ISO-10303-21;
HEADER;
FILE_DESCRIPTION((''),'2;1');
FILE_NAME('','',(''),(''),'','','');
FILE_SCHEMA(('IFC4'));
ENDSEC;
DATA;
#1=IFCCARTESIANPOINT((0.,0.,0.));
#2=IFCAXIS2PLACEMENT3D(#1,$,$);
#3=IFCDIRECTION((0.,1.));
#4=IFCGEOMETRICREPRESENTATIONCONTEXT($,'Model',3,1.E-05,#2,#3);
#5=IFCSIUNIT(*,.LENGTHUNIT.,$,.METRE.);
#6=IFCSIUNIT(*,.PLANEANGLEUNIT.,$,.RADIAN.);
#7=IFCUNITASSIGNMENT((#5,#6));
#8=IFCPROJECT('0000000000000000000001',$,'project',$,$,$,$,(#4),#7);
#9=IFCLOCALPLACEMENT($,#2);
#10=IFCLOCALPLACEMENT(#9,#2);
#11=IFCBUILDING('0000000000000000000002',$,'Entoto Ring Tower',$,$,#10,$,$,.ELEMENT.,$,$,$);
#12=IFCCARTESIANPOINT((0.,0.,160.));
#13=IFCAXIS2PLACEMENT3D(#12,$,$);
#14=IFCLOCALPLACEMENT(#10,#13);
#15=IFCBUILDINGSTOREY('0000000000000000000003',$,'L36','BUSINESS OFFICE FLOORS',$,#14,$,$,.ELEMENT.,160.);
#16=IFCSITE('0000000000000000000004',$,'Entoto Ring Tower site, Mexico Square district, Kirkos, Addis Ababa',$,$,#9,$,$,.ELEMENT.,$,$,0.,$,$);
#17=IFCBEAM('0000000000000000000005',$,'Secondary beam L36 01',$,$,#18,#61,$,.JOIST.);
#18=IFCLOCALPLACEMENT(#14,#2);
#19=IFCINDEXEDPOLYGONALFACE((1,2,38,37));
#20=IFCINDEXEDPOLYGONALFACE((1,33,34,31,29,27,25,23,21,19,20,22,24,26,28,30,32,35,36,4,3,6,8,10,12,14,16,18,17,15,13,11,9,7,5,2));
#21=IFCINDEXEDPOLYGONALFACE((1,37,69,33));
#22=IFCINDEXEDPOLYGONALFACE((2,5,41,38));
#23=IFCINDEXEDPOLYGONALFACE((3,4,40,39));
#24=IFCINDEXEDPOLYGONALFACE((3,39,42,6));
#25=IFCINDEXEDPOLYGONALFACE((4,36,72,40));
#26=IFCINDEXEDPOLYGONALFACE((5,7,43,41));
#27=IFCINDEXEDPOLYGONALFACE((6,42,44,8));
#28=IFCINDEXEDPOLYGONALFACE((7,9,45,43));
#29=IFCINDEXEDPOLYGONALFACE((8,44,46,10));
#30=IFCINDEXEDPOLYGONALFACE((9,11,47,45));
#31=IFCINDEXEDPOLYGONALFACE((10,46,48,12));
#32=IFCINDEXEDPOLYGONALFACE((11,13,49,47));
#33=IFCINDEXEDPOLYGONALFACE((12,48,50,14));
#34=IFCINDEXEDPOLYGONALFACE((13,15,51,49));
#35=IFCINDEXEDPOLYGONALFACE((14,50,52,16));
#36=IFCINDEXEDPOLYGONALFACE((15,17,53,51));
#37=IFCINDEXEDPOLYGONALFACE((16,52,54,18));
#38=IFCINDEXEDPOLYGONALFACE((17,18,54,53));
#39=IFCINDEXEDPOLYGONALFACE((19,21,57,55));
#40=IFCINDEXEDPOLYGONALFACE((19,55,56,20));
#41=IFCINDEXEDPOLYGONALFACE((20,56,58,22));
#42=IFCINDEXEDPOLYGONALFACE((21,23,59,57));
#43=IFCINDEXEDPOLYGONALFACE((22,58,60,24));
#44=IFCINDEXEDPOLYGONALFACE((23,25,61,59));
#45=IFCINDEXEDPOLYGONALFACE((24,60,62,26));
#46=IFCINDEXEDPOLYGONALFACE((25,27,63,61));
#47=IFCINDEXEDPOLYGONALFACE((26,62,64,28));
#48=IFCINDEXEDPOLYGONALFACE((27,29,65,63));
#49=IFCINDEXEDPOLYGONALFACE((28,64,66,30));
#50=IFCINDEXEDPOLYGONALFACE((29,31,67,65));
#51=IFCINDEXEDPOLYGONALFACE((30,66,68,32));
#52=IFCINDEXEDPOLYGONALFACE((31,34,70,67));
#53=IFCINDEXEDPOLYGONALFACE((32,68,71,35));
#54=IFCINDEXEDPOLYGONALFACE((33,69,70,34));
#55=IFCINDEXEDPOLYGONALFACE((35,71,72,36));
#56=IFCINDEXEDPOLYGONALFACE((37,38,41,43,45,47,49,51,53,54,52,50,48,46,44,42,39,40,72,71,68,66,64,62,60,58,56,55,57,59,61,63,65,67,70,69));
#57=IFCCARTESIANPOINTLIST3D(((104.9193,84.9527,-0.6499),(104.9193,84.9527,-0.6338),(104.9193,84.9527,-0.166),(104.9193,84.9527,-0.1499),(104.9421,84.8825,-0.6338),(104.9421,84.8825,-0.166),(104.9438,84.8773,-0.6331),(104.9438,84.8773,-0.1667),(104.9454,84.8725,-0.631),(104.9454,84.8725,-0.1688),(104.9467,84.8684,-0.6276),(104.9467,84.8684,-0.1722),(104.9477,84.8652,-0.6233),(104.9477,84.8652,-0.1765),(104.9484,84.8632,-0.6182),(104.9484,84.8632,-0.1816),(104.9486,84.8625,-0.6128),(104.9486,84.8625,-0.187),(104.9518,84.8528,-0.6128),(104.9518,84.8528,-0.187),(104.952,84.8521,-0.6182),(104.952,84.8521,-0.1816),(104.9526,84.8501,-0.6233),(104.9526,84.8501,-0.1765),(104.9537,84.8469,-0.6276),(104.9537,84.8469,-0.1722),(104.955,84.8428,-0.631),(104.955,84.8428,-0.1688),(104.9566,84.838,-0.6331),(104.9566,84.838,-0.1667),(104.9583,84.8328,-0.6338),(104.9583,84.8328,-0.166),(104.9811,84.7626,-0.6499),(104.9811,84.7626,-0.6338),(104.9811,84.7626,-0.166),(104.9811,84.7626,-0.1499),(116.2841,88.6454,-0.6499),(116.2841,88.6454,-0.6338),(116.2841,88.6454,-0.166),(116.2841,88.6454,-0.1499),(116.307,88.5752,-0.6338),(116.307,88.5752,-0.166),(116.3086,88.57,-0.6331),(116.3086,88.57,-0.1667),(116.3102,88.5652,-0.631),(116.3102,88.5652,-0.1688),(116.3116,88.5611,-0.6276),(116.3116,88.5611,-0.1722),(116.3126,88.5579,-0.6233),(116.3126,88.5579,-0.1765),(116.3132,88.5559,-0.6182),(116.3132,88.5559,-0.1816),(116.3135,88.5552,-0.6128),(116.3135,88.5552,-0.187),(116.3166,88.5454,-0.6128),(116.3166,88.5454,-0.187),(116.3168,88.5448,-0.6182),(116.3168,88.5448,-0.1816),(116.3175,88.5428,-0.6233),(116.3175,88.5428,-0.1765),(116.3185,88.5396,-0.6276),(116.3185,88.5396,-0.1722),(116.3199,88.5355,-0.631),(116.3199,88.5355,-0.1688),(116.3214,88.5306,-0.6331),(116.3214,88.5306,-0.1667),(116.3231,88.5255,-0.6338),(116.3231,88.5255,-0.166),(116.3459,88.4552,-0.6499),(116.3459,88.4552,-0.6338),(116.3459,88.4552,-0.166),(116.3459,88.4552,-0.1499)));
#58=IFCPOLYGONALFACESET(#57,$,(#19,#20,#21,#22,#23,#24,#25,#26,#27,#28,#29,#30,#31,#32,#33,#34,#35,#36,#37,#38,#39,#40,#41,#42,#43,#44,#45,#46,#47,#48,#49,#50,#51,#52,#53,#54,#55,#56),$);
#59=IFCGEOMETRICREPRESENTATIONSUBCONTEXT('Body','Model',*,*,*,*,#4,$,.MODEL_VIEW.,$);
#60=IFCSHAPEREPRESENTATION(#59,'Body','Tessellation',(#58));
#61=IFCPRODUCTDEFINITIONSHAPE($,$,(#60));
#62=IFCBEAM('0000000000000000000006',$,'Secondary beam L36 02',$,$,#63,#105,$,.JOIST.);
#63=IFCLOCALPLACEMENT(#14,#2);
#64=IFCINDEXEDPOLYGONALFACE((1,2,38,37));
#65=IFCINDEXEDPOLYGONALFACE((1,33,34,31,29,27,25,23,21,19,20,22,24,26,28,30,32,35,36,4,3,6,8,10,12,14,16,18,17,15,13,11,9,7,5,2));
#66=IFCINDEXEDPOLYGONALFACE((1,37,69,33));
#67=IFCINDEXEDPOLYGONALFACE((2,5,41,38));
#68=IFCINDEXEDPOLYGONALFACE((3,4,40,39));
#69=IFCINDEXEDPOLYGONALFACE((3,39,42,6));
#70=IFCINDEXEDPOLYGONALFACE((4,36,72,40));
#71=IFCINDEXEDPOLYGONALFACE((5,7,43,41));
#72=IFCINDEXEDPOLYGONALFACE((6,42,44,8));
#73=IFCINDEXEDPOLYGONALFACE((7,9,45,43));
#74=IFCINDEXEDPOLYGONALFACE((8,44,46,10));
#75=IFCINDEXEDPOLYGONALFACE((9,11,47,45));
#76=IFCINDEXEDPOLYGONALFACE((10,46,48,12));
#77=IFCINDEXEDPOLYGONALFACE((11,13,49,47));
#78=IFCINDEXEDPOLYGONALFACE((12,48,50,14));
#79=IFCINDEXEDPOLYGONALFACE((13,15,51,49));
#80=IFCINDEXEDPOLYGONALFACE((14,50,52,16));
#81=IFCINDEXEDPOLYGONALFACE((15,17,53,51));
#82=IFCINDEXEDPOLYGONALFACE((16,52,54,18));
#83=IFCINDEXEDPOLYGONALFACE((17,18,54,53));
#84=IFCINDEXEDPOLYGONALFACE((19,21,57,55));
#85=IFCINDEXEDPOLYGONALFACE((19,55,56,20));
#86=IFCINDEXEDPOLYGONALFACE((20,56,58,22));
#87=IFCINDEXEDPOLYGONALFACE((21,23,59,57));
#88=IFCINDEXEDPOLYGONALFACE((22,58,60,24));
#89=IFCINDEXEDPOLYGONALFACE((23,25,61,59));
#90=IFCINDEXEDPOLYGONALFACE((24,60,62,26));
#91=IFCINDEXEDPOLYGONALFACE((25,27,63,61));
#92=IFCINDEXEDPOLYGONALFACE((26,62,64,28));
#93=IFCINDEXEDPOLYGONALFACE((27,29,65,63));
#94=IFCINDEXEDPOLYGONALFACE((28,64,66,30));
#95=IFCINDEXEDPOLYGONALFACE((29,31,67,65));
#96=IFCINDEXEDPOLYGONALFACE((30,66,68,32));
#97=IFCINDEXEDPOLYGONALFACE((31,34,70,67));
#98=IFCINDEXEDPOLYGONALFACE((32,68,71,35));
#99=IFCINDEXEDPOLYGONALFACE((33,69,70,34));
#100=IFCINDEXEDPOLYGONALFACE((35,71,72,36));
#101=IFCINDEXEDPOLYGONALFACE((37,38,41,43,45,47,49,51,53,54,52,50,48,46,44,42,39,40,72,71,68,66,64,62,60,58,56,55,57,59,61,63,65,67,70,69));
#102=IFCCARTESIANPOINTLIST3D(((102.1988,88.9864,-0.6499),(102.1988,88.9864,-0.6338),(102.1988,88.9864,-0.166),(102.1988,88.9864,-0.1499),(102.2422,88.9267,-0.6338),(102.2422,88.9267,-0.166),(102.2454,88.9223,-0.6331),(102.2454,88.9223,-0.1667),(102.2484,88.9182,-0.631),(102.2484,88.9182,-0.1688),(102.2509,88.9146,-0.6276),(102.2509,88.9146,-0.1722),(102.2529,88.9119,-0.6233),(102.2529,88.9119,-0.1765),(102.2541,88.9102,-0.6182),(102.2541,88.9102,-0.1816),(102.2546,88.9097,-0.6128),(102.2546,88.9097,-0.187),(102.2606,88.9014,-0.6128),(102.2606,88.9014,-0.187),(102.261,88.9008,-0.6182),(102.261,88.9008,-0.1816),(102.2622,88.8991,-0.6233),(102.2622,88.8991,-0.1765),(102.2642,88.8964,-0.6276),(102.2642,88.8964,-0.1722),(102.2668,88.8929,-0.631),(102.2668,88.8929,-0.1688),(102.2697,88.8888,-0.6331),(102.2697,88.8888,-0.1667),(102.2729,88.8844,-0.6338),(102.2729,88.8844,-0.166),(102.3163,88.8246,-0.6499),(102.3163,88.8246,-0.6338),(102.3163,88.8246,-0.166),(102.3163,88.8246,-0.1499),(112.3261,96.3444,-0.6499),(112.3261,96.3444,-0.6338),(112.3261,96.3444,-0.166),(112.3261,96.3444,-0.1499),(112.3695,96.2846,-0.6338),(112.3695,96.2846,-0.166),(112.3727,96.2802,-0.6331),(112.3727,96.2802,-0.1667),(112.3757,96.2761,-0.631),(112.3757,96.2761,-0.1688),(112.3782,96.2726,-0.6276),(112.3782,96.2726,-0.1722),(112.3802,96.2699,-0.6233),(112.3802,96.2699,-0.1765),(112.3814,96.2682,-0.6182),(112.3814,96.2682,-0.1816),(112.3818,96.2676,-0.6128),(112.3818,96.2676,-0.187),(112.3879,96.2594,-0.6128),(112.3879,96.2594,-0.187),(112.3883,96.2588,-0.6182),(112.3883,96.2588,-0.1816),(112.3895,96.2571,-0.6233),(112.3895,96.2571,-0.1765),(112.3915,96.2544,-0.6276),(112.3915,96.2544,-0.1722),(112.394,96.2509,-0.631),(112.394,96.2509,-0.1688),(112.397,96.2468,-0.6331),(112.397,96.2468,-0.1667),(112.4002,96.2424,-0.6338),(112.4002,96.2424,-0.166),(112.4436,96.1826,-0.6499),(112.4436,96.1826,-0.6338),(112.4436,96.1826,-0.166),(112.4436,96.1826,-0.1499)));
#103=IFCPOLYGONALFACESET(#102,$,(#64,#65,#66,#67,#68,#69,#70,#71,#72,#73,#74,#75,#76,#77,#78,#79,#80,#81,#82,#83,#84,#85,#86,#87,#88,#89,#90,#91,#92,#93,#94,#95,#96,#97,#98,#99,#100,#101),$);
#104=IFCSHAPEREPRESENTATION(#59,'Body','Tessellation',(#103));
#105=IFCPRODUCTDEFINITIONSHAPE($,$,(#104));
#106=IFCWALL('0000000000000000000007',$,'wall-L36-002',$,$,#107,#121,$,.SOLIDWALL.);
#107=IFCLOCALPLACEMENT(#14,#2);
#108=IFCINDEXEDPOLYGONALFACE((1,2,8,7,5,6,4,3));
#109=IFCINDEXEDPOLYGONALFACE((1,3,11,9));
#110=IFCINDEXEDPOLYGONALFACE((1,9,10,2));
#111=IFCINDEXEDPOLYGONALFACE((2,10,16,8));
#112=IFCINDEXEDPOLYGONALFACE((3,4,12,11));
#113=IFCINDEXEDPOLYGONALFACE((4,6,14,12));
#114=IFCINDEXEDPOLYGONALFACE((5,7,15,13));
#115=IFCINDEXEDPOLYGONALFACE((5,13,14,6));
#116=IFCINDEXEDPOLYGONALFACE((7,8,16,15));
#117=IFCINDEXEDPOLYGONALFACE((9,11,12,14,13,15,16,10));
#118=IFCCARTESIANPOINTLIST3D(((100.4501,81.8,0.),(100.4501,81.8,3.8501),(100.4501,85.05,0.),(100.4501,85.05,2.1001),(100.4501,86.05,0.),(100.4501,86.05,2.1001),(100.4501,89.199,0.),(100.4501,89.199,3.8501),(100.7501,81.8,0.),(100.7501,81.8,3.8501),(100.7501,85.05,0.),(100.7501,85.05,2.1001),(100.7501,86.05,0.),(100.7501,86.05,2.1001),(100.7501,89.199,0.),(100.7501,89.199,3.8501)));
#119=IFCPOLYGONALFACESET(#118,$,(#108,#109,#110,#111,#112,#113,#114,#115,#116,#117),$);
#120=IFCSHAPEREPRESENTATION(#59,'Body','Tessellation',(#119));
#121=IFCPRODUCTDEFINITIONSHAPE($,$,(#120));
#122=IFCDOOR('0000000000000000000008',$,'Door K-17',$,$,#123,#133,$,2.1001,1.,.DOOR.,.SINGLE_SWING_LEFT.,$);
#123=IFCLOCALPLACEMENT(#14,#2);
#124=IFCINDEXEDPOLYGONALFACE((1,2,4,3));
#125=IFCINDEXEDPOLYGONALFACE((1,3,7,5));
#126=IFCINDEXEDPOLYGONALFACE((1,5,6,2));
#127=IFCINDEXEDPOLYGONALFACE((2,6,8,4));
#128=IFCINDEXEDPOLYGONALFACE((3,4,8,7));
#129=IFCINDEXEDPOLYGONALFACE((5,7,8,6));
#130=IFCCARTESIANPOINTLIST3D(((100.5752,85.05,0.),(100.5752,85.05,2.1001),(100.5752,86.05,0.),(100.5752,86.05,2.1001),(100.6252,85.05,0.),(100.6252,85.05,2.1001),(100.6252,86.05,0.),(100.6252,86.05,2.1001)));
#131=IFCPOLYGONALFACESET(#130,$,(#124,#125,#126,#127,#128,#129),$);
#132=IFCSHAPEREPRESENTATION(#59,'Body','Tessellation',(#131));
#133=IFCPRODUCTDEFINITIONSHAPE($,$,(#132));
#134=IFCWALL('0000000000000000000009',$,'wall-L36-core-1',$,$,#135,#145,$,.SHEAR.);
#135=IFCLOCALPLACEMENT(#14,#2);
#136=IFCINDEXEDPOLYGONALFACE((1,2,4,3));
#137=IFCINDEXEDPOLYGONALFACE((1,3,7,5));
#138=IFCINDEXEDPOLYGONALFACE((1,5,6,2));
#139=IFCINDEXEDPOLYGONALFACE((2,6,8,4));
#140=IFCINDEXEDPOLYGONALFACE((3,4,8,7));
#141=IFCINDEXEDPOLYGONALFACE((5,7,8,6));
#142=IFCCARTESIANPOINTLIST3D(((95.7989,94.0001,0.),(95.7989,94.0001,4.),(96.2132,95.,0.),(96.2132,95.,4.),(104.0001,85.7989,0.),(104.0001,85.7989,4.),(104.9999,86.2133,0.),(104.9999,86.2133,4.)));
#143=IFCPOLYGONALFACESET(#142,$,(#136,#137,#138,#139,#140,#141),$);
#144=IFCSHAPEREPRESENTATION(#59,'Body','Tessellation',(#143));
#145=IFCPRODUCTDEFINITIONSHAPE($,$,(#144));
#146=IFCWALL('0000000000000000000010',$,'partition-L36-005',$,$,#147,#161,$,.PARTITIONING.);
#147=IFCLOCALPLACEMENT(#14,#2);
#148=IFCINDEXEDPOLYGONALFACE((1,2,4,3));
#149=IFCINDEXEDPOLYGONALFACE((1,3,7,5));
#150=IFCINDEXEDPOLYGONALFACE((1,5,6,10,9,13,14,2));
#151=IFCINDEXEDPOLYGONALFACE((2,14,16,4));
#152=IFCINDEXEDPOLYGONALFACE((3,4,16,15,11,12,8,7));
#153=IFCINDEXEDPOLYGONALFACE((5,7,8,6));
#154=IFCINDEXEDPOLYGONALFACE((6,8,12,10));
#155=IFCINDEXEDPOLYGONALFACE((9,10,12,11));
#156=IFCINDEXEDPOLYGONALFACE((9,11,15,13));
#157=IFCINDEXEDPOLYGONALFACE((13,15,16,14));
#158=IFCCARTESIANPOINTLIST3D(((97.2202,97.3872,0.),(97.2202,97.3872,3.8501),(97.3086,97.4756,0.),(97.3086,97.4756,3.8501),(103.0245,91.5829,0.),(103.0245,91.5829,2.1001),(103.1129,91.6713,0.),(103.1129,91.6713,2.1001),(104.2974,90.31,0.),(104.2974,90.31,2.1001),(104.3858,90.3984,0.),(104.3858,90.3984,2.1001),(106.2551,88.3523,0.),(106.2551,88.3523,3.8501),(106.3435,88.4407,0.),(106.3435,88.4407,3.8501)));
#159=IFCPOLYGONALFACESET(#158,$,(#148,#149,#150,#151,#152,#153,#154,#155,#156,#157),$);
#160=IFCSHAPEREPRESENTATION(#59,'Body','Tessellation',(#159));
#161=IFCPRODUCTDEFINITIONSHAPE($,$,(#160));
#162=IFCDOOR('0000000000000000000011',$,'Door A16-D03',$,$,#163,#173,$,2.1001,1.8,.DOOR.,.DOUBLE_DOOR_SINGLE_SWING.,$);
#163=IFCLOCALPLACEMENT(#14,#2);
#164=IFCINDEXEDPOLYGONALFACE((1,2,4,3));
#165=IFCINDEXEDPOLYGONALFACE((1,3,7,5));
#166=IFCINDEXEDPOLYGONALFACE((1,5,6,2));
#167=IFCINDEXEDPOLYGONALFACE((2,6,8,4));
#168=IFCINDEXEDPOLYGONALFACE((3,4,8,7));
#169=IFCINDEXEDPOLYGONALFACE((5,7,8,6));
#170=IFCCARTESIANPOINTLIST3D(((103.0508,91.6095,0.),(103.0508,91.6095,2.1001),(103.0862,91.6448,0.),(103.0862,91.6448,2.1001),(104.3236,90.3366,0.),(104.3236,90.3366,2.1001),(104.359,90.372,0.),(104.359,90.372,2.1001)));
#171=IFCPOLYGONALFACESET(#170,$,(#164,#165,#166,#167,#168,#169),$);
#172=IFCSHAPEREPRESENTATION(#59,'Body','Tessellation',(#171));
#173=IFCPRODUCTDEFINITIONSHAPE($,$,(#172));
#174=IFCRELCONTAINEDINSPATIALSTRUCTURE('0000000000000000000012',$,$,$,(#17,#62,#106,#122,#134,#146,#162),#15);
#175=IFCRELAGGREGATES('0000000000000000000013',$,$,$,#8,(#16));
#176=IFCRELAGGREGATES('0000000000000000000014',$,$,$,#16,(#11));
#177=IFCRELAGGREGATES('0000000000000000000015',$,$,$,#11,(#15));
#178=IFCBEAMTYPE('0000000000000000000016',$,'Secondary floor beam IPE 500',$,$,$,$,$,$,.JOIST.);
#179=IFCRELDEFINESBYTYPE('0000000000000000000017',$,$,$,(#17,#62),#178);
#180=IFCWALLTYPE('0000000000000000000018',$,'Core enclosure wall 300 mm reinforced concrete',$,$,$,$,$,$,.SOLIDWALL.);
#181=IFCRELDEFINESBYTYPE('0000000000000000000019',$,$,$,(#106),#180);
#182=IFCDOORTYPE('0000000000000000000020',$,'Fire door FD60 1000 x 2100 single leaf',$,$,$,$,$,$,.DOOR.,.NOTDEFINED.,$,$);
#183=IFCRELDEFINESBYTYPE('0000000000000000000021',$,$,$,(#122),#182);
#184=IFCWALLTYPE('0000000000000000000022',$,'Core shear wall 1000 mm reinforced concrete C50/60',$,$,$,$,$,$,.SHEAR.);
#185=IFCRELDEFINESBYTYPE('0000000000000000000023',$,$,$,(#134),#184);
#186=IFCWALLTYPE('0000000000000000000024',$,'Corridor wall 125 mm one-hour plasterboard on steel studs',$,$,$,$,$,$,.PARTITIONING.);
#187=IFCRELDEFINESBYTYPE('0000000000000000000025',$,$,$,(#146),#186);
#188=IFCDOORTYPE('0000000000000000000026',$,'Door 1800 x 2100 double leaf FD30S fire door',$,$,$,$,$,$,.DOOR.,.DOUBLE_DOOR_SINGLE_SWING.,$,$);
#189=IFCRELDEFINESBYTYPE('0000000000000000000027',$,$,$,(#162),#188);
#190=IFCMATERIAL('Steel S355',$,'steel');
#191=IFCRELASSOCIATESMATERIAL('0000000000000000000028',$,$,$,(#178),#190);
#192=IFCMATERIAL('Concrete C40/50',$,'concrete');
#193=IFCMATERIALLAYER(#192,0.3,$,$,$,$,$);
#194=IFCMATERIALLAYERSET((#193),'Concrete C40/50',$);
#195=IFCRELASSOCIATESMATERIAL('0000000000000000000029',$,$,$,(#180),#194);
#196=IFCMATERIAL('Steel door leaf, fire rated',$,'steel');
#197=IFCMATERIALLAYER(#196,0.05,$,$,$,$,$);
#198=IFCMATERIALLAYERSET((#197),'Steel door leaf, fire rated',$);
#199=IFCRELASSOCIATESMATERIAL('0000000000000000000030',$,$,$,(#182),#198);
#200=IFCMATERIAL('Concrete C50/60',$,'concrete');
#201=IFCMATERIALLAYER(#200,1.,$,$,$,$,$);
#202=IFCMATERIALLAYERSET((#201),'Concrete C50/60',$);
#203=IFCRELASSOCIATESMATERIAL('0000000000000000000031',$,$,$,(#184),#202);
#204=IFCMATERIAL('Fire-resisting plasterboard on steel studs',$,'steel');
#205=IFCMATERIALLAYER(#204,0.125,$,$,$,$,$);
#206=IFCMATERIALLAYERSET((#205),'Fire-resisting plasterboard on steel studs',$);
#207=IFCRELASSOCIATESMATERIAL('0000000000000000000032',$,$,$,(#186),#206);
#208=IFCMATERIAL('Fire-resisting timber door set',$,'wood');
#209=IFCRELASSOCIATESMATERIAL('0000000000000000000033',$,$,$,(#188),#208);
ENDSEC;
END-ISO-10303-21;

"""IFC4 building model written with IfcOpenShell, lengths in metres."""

from ifc_helpers import new_model, si_unit, direction, frame, frame_2d, origin, origin_2d, place, context, subcontext, project, spatial, polyline, rectangle, i_section, outline, extrude, material, layer, layer_set, material_profile, profile_set, type_object, element, fill, save


model = new_model("IFC4")

# Units and contexts
model_context = context("Model", 3, precision=1e-05, world=origin(), true_north=direction((0.0, 1.0)))
body_context = subcontext(model_context, "Body", "Model", "MODEL_VIEW")
ifc_project = project(units=[si_unit("LENGTHUNIT", "METRE"), si_unit("PLANEANGLEUNIT", "RADIAN")], contexts=[model_context])

# Site, building, storey
site_placement = place(None, origin())
site = spatial("IfcSite", under=ifc_project, at=site_placement, Name="Entoto Ring Tower site, Mexico Square district, Kirkos, Addis Ababa", CompositionType="ELEMENT", RefElevation=0.0)
building_placement = place(site_placement, origin())
building = spatial("IfcBuilding", under=site, at=building_placement, Name="Entoto Ring Tower", CompositionType="ELEMENT")
storey_placement = place(building_placement, frame((0.0, 0.0, 160.0)))
storey = spatial("IfcBuildingStorey", under=building, at=storey_placement, Name="L36", Description="BUSINESS OFFICE FLOORS", CompositionType="ELEMENT", Elevation=160.0)

# Beams
ifc_material_1 = material(Name="Steel S355", Category="steel")
ifc_material_profile_1 = material_profile(ifc_material_1, i_section(OverallWidth=0.2, OverallDepth=0.5, WebThickness=0.0103, FlangeThickness=0.0161, FilletRadius=0.021, at=origin_2d()), Name="IPE 500")
ifc_profile_set_1 = profile_set([ifc_material_profile_1], Name="Steel S355")
beam_type_1 = type_object("IfcBeamType", Name="Secondary floor beam IPE 500", PredefinedType="JOIST", material=ifc_profile_set_1)
beam_1_placement = place(storey_placement, frame((104.9502, 84.8577, -0.3999), z_axis=(0.951057, 0.309017, 0.0), x_axis=(-0.309017, 0.951057, 0.0)))
element("IfcBeam", 1, at=beam_1_placement, inside=storey, type_object=beam_type_1, Name="Secondary beam L36 01", PredefinedType="JOIST", context=body_context, shape_type="SweptSolid", body=[
    extrude(i_section(OverallWidth=0.2, OverallDepth=0.5, WebThickness=0.0103, FlangeThickness=0.0161, FilletRadius=0.021, at=origin_2d()), origin(), (0.0, 0.0, 1.0), 11.9497),
])
beam_2_placement = place(storey_placement, frame((102.2576, 88.9055, -0.3999), z_axis=(0.809014, 0.587789, 0.0), x_axis=(-0.587789, 0.809014, 0.0)))
element("IfcBeam", 2, at=beam_2_placement, inside=storey, type_object=beam_type_1, Name="Secondary beam L36 02", PredefinedType="JOIST", context=body_context, shape_type="SweptSolid", body=[
    extrude(i_section(OverallWidth=0.2, OverallDepth=0.5, WebThickness=0.0103, FlangeThickness=0.0161, FilletRadius=0.021, at=origin_2d()), origin(), (0.0, 0.0, 1.0), 12.5181),
])

# Wall, opening, door
ifc_material_2 = material(Name="Concrete C40/50", Category="concrete")
ifc_layer_1 = layer(ifc_material_2, 0.3)
ifc_layer_set_1 = layer_set([ifc_layer_1], Name="Concrete C40/50")
wall_type_1 = type_object("IfcWallType", Name="Core enclosure wall 300 mm reinforced concrete", PredefinedType="SOLIDWALL", material=ifc_layer_set_1)
wall_1_placement = place(storey_placement, frame((100.6001, 81.8, 0.0), z_axis=(0.0, 0.0, 1.0), x_axis=(0.0, 1.0, 0.0)))
wall_1 = element("IfcWall", 3, at=wall_1_placement, inside=storey, type_object=wall_type_1, Name="wall-L36-002", PredefinedType="SOLIDWALL", context=body_context, shape_type="SweptSolid", body=[
    extrude(rectangle(XDim=7.3989, YDim=0.3, at=frame_2d((3.6995, 0.0))), origin(), (0.0, 0.0, 1.0), 3.8501),
])
opening_1_placement = place(wall_1_placement, frame((3.25, 0.0, 0.0)))
opening_1 = element("IfcOpeningElement", 4, at=opening_1_placement, cuts=wall_1, PredefinedType="OPENING", context=body_context, shape_type="SweptSolid", body=[
    extrude(rectangle(XDim=1.0, YDim=2.1001, at=frame_2d((0.5, 1.05))), frame((0.0, 0.1602, 0.0), z_axis=(0.0, -1.0, 0.0), x_axis=(1.0, 0.0, 0.0)), (0.0, 0.0, 1.0), 0.3201),
])
ifc_material_3 = material(Name="Steel door leaf, fire rated", Category="steel")
ifc_layer_2 = layer(ifc_material_3, 0.05)
ifc_layer_set_2 = layer_set([ifc_layer_2], Name="Steel door leaf, fire rated")
door_type_1 = type_object("IfcDoorType", Name="Fire door FD60 1000 x 2100 single leaf", OperationType="NOTDEFINED", PredefinedType="DOOR", material=ifc_layer_set_2)
door_1_placement = place(opening_1_placement, origin())
door_1 = element("IfcDoor", 5, at=door_1_placement, inside=storey, type_object=door_type_1, Name="Door K-17", OperationType="SINGLE_SWING_LEFT", OverallHeight=2.1001, OverallWidth=1.0, PredefinedType="DOOR", context=body_context, shape_type="SweptSolid", body=[
    extrude(rectangle(XDim=1.0, YDim=2.1001, at=frame_2d((0.5, 1.05))), frame((0.0, 0.0249, 0.0), z_axis=(0.0, -1.0, 0.0), x_axis=(1.0, 0.0, 0.0)), (0.0, 0.0, 1.0), 0.05),
])
fill(opening_1, door_1)

# Wall
ifc_material_4 = material(Name="Concrete C50/60", Category="concrete")
ifc_layer_3 = layer(ifc_material_4, 1.0)
ifc_layer_set_3 = layer_set([ifc_layer_3], Name="Concrete C50/60")
wall_type_2 = type_object("IfcWallType", Name="Core shear wall 1000 mm reinforced concrete C50/60", PredefinedType="SHEAR", material=ifc_layer_set_3)
wall_2_placement = place(storey_placement, frame((104.5, 86.0061, 0.0), z_axis=(0.0, 0.0, 1.0), x_axis=(-0.707107, 0.707107, 0.0)))
element("IfcWall", 6, at=wall_2_placement, inside=storey, type_object=wall_type_2, Name="wall-L36-core-1", PredefinedType="SHEAR", context=body_context, shape_type="SweptSolid", body=[
    extrude(outline(polyline([(-0.207, -0.5), (12.2192, -0.5), (11.8052, 0.5), (0.207, 0.5), (-0.207, -0.5)])), origin(), (0.0, 0.0, 1.0), 4.0),
])

# Wall, opening, door
ifc_material_5 = material(Name="Fire-resisting plasterboard on steel studs", Category="steel")
ifc_layer_4 = layer(ifc_material_5, 0.125)
ifc_layer_set_4 = layer_set([ifc_layer_4], Name="Fire-resisting plasterboard on steel studs")
wall_type_3 = type_object("IfcWallType", Name="Corridor wall 125 mm one-hour plasterboard on steel studs", PredefinedType="PARTITIONING", material=ifc_layer_set_4)
wall_3_placement = place(storey_placement, frame((106.2993, 88.3965, 0.0), z_axis=(0.0, 0.0, 1.0), x_axis=(-0.707107, 0.707107, 0.0)))
wall_3 = element("IfcWall", 7, at=wall_3_placement, inside=storey, type_object=wall_type_3, Name="partition-L36-005", PredefinedType="PARTITIONING", context=body_context, shape_type="SweptSolid", body=[
    extrude(rectangle(XDim=12.7773, YDim=0.125, at=frame_2d((6.3887, 0.0))), origin(), (0.0, 0.0, 1.0), 3.8501),
])
opening_2_placement = place(wall_3_placement, frame((2.7688, 0.0, 0.0)))
opening_2 = element("IfcOpeningElement", 8, at=opening_2_placement, cuts=wall_3, PredefinedType="OPENING", context=body_context, shape_type="SweptSolid", body=[
    extrude(rectangle(XDim=1.8, YDim=2.1001, at=frame_2d((0.8999, 1.05))), frame((0.0, 0.0725, 0.0), z_axis=(0.0, -1.0, 0.0), x_axis=(1.0, 0.0, 0.0)), (0.0, 0.0, 1.0), 0.145),
])
ifc_material_6 = material(Name="Fire-resisting timber door set", Category="wood")
door_type_2 = type_object("IfcDoorType", Name="Door 1800 x 2100 double leaf FD30S fire door", OperationType="DOUBLE_DOOR_SINGLE_SWING", PredefinedType="DOOR", material=ifc_material_6)
door_2_placement = place(opening_2_placement, frame((1.8, 0.0, 0.0), z_axis=(0.0, 0.0, 1.0), x_axis=(-1.0, 0.0, 0.0)))
door_2 = element("IfcDoor", 9, at=door_2_placement, inside=storey, type_object=door_type_2, Name="Door A16-D03", OperationType="DOUBLE_DOOR_SINGLE_SWING", OverallHeight=2.1001, OverallWidth=1.8, PredefinedType="DOOR", context=body_context, shape_type="SweptSolid", body=[
    extrude(rectangle(XDim=1.8, YDim=2.1001, at=frame_2d((0.8999, 1.05))), frame((0.0, 0.0249, 0.0), z_axis=(0.0, -1.0, 0.0), x_axis=(1.0, 0.0, 0.0)), (0.0, 0.0, 1.0), 0.05),
])
fill(opening_2, door_2)

save(model, "model.ifc")
